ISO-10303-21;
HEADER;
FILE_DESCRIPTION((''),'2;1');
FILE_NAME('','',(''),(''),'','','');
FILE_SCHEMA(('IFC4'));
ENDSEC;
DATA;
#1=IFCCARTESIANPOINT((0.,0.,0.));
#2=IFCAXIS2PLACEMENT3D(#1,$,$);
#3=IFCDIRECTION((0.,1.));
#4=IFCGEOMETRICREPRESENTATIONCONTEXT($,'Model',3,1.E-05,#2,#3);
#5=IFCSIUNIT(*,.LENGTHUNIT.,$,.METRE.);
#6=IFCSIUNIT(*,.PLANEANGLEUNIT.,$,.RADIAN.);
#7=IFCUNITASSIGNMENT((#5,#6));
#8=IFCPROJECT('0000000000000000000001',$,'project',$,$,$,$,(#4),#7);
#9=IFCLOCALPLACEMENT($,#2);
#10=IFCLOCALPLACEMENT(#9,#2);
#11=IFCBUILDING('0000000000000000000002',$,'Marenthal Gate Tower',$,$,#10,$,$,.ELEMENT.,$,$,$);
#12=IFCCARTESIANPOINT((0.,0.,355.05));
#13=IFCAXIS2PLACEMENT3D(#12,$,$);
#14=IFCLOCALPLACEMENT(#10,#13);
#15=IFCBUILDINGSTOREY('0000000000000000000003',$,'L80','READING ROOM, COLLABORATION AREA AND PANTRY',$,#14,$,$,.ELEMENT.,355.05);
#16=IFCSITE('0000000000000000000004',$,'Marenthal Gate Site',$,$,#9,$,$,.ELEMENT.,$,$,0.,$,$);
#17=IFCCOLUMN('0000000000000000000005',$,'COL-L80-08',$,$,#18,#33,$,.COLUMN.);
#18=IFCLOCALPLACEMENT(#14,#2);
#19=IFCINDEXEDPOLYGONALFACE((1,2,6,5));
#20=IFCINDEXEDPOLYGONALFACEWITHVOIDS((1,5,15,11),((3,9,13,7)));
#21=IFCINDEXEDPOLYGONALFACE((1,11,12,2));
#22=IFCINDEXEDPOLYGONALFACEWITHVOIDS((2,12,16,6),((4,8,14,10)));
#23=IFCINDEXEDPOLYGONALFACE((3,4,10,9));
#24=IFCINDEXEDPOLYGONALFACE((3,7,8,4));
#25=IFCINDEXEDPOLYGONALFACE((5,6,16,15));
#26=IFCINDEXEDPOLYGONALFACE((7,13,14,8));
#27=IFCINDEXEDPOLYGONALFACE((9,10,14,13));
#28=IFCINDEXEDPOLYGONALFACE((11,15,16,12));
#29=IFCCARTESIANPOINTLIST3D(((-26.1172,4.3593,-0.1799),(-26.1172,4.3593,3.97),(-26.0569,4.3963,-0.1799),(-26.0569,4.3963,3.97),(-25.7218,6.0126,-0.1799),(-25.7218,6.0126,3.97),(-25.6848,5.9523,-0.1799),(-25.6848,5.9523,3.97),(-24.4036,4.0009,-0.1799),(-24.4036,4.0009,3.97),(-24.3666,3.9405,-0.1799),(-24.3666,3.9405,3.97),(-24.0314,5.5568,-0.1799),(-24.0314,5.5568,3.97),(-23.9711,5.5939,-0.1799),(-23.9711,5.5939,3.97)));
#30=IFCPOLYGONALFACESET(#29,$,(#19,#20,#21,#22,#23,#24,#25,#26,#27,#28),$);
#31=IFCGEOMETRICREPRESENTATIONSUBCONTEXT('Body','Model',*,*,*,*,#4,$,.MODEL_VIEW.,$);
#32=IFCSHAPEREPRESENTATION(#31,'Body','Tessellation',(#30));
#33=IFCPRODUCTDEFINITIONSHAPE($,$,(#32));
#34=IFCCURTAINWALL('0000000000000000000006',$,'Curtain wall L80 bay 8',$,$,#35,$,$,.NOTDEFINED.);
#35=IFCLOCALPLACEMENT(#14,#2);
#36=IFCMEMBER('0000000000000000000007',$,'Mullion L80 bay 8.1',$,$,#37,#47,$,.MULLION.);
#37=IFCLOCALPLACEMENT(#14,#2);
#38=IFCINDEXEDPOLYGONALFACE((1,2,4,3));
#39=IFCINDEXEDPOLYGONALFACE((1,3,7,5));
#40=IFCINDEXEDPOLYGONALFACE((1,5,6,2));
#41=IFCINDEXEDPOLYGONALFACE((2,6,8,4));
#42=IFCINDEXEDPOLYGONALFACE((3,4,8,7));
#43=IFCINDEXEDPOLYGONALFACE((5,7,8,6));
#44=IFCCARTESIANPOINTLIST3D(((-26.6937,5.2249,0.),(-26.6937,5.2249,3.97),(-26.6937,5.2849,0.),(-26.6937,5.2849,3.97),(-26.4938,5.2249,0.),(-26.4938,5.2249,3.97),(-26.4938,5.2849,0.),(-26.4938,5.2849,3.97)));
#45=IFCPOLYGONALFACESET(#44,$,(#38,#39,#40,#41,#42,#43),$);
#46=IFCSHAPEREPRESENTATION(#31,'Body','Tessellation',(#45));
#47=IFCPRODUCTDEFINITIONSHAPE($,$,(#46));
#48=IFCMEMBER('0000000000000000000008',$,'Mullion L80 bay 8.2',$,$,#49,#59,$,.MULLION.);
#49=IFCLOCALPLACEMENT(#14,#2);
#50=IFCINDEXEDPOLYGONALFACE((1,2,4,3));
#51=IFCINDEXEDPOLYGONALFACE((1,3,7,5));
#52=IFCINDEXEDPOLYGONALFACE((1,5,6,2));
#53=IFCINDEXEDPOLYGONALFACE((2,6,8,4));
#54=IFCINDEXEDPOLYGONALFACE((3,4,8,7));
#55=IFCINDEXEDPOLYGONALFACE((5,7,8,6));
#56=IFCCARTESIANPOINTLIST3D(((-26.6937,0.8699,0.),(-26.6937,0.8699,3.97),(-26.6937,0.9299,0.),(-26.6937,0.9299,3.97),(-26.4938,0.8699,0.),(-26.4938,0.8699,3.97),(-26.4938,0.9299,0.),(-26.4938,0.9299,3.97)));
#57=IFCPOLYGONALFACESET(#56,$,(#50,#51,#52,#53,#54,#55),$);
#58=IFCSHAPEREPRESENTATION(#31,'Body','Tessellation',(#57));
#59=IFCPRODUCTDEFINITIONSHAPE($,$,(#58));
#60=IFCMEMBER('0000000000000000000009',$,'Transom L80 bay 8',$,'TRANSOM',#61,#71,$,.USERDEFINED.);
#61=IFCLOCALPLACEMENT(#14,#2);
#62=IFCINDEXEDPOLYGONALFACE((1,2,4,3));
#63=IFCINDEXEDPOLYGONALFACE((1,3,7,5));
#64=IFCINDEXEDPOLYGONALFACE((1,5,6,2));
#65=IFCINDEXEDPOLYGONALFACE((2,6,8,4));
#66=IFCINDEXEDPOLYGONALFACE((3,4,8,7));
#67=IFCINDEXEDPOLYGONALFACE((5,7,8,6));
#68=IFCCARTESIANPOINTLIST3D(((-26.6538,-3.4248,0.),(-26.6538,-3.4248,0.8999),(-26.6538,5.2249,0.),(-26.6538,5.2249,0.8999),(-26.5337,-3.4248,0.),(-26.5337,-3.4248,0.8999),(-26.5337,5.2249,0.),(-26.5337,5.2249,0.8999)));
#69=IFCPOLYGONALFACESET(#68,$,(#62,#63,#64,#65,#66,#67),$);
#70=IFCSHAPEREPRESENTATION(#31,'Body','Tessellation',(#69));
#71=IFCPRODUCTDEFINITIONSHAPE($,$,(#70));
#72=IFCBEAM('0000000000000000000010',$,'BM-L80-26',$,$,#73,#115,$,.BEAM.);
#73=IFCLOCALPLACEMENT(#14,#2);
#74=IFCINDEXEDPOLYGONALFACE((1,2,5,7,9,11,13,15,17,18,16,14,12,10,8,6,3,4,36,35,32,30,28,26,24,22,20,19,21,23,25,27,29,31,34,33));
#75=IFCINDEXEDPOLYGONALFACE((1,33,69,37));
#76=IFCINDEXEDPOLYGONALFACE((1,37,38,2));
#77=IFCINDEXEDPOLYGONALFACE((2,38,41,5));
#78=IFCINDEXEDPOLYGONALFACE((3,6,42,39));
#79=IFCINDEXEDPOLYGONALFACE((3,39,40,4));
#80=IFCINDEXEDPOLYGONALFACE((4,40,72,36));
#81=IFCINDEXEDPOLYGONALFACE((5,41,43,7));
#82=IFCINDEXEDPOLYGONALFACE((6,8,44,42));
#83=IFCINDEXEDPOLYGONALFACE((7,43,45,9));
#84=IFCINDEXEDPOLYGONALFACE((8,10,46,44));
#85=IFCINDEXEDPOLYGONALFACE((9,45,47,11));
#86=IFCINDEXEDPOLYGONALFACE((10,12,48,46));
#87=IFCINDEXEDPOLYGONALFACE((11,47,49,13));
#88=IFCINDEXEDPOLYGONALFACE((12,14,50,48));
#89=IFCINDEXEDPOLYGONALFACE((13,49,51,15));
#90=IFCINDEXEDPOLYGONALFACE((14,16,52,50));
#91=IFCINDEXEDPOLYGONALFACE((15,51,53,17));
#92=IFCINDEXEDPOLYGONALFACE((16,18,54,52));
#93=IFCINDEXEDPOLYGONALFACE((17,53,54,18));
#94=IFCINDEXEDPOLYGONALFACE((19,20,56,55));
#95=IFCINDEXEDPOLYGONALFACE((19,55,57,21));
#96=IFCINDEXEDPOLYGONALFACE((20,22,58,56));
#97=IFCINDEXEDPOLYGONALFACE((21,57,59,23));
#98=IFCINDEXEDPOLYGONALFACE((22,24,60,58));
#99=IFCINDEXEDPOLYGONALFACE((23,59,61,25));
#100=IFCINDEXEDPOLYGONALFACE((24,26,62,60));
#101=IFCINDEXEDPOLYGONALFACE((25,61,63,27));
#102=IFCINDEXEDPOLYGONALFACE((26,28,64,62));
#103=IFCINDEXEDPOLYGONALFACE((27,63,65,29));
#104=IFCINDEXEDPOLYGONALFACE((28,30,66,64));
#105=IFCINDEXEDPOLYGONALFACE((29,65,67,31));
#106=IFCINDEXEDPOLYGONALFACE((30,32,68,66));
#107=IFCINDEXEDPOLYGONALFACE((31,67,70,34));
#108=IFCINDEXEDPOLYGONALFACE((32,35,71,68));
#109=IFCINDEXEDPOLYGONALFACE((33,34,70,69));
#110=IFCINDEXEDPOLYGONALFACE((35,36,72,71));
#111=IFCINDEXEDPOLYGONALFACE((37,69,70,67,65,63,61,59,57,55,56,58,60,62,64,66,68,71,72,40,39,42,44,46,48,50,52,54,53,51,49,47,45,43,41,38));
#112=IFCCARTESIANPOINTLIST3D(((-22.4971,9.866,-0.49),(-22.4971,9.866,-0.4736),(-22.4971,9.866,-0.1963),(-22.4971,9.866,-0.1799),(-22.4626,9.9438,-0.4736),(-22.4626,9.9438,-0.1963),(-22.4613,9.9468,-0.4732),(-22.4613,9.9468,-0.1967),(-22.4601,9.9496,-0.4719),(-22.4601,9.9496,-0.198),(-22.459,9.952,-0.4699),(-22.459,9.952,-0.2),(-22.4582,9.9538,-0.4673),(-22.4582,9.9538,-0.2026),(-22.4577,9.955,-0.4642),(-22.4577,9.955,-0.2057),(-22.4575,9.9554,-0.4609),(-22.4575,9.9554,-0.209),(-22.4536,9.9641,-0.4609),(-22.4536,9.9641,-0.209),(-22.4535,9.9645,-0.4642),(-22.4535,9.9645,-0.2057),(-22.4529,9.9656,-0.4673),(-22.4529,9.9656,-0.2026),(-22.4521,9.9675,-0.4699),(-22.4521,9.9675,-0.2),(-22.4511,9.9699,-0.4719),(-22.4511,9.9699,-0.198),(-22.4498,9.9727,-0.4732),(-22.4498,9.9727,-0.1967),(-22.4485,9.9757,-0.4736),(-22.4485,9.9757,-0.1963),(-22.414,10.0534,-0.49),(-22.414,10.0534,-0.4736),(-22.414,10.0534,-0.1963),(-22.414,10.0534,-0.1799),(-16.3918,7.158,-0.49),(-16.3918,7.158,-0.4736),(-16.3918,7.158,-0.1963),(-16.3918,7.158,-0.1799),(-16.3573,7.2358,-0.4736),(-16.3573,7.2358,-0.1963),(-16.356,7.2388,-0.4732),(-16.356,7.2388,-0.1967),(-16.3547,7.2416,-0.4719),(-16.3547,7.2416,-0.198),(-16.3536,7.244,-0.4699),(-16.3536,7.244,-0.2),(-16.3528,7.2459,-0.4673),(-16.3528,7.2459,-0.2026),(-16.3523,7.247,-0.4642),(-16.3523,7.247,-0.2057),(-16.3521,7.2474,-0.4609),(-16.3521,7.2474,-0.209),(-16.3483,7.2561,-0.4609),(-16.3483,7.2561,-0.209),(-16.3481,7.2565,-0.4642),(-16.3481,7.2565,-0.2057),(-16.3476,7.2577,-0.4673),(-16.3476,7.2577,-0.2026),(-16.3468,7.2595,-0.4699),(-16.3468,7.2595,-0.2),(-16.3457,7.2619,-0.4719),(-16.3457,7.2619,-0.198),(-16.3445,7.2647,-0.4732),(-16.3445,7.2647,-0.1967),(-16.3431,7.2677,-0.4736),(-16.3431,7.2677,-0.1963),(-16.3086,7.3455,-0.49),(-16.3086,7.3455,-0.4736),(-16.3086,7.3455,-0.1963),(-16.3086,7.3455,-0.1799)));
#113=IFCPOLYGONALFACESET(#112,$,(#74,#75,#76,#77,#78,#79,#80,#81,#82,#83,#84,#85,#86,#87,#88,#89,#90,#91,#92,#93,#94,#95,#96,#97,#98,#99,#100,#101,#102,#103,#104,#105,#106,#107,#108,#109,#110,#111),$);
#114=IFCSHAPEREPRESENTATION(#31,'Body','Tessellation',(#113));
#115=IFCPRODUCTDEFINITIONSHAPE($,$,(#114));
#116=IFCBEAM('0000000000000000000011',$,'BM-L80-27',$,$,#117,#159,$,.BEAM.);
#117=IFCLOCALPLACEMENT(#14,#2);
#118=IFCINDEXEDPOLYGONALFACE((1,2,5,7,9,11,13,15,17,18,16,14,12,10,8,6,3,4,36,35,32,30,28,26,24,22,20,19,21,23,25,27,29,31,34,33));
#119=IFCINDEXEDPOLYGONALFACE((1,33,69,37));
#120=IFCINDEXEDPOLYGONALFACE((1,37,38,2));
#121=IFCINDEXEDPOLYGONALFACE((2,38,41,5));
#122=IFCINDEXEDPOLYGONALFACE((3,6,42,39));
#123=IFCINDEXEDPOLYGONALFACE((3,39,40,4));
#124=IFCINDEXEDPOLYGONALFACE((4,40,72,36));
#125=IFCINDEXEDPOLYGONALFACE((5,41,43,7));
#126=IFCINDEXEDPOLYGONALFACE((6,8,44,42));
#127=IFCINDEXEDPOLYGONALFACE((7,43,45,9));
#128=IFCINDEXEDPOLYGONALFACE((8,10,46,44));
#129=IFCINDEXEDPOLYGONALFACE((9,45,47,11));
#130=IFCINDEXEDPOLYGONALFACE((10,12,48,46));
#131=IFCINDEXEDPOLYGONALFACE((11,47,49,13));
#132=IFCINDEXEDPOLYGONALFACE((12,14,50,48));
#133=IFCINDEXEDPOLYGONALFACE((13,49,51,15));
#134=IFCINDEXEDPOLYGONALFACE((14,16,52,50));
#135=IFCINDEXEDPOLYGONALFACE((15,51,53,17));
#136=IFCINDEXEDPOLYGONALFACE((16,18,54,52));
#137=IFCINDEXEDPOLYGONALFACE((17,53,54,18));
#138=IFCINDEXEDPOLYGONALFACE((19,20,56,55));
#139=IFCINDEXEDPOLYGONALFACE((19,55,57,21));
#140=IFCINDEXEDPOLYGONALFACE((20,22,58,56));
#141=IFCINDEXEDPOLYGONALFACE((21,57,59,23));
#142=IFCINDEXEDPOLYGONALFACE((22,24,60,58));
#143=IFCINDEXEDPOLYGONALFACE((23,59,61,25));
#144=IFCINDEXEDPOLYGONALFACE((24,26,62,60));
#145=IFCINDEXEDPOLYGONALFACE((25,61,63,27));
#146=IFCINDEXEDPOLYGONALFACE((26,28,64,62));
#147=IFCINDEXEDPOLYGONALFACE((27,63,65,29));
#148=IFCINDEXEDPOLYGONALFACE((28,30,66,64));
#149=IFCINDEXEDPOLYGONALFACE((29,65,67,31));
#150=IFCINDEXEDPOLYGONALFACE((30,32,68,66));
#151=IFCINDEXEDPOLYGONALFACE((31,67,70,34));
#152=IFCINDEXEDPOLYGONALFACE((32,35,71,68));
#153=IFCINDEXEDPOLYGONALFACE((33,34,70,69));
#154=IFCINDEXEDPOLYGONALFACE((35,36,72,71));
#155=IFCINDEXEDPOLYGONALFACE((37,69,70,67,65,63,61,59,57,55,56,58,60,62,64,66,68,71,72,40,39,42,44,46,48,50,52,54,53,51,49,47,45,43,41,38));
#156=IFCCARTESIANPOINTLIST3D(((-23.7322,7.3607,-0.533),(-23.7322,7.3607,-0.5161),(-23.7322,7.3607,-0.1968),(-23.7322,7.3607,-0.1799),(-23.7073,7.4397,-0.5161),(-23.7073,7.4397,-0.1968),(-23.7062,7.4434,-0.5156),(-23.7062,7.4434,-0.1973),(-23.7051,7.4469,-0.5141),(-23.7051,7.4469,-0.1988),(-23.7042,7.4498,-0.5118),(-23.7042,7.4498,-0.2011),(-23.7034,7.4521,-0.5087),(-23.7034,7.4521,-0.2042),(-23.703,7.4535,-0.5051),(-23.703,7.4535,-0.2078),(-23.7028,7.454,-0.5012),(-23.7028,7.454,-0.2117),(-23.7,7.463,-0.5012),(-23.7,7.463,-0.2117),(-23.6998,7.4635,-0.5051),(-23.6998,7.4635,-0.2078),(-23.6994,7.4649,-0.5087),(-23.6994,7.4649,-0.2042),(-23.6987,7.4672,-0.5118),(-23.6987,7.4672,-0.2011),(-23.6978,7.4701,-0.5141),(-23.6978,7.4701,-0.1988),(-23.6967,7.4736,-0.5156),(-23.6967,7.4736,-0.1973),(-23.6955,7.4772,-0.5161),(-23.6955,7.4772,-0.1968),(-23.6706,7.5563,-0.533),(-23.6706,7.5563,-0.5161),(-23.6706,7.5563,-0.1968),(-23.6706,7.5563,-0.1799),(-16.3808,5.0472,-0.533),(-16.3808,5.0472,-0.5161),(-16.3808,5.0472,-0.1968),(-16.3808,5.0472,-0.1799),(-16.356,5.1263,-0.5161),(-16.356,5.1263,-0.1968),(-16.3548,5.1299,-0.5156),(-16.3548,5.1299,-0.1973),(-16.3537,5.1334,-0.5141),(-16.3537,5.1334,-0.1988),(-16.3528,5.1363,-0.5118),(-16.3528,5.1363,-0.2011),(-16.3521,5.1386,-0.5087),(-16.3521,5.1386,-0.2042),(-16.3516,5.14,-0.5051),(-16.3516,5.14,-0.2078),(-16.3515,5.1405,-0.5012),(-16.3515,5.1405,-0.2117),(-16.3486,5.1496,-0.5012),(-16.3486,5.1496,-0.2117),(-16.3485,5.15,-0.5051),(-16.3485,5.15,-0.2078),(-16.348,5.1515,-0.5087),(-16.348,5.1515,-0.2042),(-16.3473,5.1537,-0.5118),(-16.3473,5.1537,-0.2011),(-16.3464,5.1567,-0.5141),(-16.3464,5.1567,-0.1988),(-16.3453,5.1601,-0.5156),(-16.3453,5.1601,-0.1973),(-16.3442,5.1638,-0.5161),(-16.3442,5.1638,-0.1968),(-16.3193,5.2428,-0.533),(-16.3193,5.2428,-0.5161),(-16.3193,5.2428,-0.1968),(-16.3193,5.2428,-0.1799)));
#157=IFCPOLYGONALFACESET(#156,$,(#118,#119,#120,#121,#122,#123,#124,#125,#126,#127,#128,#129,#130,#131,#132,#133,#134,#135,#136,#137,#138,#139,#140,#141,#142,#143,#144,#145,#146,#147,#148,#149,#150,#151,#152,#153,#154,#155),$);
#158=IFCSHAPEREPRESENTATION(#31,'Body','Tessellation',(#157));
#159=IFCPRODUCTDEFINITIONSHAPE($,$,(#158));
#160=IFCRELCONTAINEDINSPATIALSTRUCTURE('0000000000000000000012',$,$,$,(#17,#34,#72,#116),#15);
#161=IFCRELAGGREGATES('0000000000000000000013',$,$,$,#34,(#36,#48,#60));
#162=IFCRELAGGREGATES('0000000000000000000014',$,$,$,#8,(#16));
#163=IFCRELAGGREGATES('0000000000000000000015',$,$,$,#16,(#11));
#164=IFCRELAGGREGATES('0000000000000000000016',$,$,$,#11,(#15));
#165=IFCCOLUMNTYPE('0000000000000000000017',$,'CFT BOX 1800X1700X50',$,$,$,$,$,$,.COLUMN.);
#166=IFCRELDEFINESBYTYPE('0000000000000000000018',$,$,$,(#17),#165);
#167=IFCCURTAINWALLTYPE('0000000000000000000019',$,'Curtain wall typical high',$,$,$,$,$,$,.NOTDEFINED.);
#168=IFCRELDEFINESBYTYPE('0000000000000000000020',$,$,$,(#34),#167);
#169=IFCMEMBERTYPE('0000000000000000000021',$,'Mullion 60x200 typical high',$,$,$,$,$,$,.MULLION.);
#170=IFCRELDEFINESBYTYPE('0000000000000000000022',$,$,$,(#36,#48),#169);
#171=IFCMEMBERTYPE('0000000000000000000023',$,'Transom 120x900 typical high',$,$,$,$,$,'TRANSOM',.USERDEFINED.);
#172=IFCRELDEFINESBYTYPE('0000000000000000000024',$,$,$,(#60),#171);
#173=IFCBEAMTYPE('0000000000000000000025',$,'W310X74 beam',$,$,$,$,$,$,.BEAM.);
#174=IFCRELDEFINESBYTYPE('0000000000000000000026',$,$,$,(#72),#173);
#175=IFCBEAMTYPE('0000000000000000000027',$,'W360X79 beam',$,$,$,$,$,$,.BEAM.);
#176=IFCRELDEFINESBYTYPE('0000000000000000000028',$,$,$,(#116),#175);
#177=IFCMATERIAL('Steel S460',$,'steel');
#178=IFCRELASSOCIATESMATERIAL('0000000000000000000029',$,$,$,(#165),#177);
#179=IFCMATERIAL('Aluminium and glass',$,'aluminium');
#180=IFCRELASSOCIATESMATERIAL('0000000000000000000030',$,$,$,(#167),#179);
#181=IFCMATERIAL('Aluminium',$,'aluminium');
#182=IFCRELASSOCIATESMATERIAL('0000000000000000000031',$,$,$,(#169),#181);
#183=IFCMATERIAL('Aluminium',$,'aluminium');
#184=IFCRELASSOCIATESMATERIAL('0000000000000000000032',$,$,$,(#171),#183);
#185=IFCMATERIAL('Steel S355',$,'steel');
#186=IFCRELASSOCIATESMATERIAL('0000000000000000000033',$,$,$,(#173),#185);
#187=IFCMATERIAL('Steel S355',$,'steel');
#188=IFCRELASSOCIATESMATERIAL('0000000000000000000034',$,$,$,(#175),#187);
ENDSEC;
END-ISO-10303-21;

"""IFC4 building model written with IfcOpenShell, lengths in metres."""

from ifc_helpers import new_model, si_unit, direction, frame, origin, origin_2d, place, context, subcontext, project, spatial, rectangle, hollow_rectangle, i_section, extrude, material, material_profile, profile_set, type_object, element, aggregate, save


model = new_model("IFC4")

# Units and contexts
model_context = context("Model", 3, precision=1e-05, world=origin(), true_north=direction((0.0, 1.0)))
body_context = subcontext(model_context, "Body", "Model", "MODEL_VIEW")
ifc_project = project(units=[si_unit("LENGTHUNIT", "METRE"), si_unit("PLANEANGLEUNIT", "RADIAN")], contexts=[model_context])

# Site, building, storey
site_placement = place(None, origin())
site = spatial("IfcSite", under=ifc_project, at=site_placement, Name="Marenthal Gate Site", CompositionType="ELEMENT", RefElevation=0.0)
building_placement = place(site_placement, origin())
building = spatial("IfcBuilding", under=site, at=building_placement, Name="Marenthal Gate Tower", CompositionType="ELEMENT")
storey_placement = place(building_placement, frame((0.0, 0.0, 355.05)))
storey = spatial("IfcBuildingStorey", under=building, at=storey_placement, Name="L80", Description="READING ROOM, COLLABORATION AREA AND PANTRY", CompositionType="ELEMENT", Elevation=355.05)

# Column
ifc_material_1 = material(Name="Steel S460", Category="steel")
ifc_material_profile_1 = material_profile(ifc_material_1, hollow_rectangle(XDim=1.7, YDim=1.8, WallThickness=0.05, at=origin_2d()), Name="CFT BOX 1800X1700X50")
ifc_material_2 = material(Name="Concrete 70 MPa", Category="concrete")
ifc_material_profile_2 = material_profile(ifc_material_2, rectangle(XDim=1.6001, YDim=1.7, at=origin_2d()), Name="CFT BOX 1800X1700X50 INFILL")
ifc_profile_set_1 = profile_set([ifc_material_profile_1, ifc_material_profile_2], Name="Steel S460 shell, Concrete 70 MPa infill")
column_type = type_object("IfcColumnType", Name="CFT BOX 1800X1700X50", PredefinedType="COLUMN", material=ifc_profile_set_1)
column_placement = place(storey_placement, frame((-25.0442, 4.9766, -0.1799), z_axis=(0.0, 0.0, 1.0), x_axis=(0.232626, 0.972566, 0.0)))
element("IfcColumn", 1, at=column_placement, inside=storey, type_object=column_type, Name="COL-L80-08", PredefinedType="COLUMN", context=body_context, shape_type="SweptSolid", body=[
    extrude(hollow_rectangle(XDim=1.7, YDim=1.8, WallThickness=0.05, at=origin_2d()), origin(), (0.0, 0.0, 1.0), 4.1499),
])

# Curtain wall, members
ifc_material_3 = material(Name="Aluminium and glass", Category="aluminium")
curtain_wall_type = type_object("IfcCurtainWallType", Name="Curtain wall typical high", PredefinedType="NOTDEFINED", material=ifc_material_3)
curtain_wall_placement = place(storey_placement, origin())
curtain_wall = element("IfcCurtainWall", 2, at=curtain_wall_placement, inside=storey, type_object=curtain_wall_type, Name="Curtain wall L80 bay 8", PredefinedType="NOTDEFINED")
ifc_material_4 = material(Name="Aluminium", Category="aluminium")
ifc_material_profile_3 = material_profile(ifc_material_4, rectangle(XDim=0.2, YDim=0.0601, at=origin_2d()), Name="60x200 aluminium mullion")
ifc_profile_set_2 = profile_set([ifc_material_profile_3], Name="Aluminium")
member_type_1 = type_object("IfcMemberType", Name="Mullion 60x200 typical high", PredefinedType="MULLION", material=ifc_profile_set_2)
member_1_placement = place(storey_placement, frame((-26.5938, 5.2549, 0.0), z_axis=(0.0, 0.0, 1.0), x_axis=(1.0, 0.0, 0.0)))
member_1 = element("IfcMember", 3, at=member_1_placement, type_object=member_type_1, Name="Mullion L80 bay 8.1", PredefinedType="MULLION", context=body_context, shape_type="SweptSolid", body=[
    extrude(rectangle(XDim=0.2, YDim=0.0601, at=origin_2d()), origin(), (0.0, 0.0, 1.0), 3.97),
])
member_2_placement = place(storey_placement, frame((-26.5938, 0.8999, 0.0), z_axis=(0.0, 0.0, 1.0), x_axis=(1.0, 0.0, 0.0)))
member_2 = element("IfcMember", 4, at=member_2_placement, type_object=member_type_1, Name="Mullion L80 bay 8.2", PredefinedType="MULLION", context=body_context, shape_type="SweptSolid", body=[
    extrude(rectangle(XDim=0.2, YDim=0.0601, at=origin_2d()), origin(), (0.0, 0.0, 1.0), 3.97),
])
ifc_material_5 = material(Name="Aluminium", Category="aluminium")
ifc_material_profile_4 = material_profile(ifc_material_5, rectangle(XDim=0.1201, YDim=0.8999, at=origin_2d()), Name="120x900 aluminium transom")
ifc_profile_set_3 = profile_set([ifc_material_profile_4], Name="Aluminium")
member_type_2 = type_object("IfcMemberType", Name="Transom 120x900 typical high", ElementType="TRANSOM", PredefinedType="USERDEFINED", material=ifc_profile_set_3)
member_3_placement = place(storey_placement, frame((-26.5938, 5.2249, 0.45), z_axis=(0.0, -1.0, 0.0), x_axis=(1.0, 0.0, 0.0)))
member_3 = element("IfcMember", 5, at=member_3_placement, type_object=member_type_2, Name="Transom L80 bay 8", ObjectType="TRANSOM", PredefinedType="USERDEFINED", context=body_context, shape_type="SweptSolid", body=[
    extrude(rectangle(XDim=0.1201, YDim=0.8999, at=origin_2d()), origin(), (0.0, 0.0, 1.0), 8.6497),
])

# Beams
ifc_material_6 = material(Name="Steel S355", Category="steel")
ifc_material_profile_5 = material_profile(ifc_material_6, i_section(OverallWidth=0.2051, OverallDepth=0.3101, WebThickness=0.0095, FlangeThickness=0.0164, FilletRadius=0.0127, at=origin_2d()), Name="W310X74")
ifc_profile_set_4 = profile_set([ifc_material_profile_5], Name="Steel S355")
beam_type_1 = type_object("IfcBeamType", Name="W310X74 beam", PredefinedType="BEAM", material=ifc_profile_set_4)
beam_1_placement = place(storey_placement, frame((-22.4556, 9.9597, -0.335), z_axis=(0.914119, -0.405446, 0.0), x_axis=(0.405446, 0.914119, 0.0)))
element("IfcBeam", 6, at=beam_1_placement, inside=storey, type_object=beam_type_1, Name="BM-L80-26", PredefinedType="BEAM", context=body_context, shape_type="SweptSolid", body=[
    extrude(i_section(OverallWidth=0.2051, OverallDepth=0.3101, WebThickness=0.0095, FlangeThickness=0.0164, FilletRadius=0.0127, at=origin_2d()), origin(), (0.0, 0.0, 1.0), 6.679),
])
ifc_material_7 = material(Name="Steel S355", Category="steel")
ifc_material_profile_6 = material_profile(ifc_material_7, i_section(OverallWidth=0.2051, OverallDepth=0.353, WebThickness=0.0095, FlangeThickness=0.0168, FilletRadius=0.0149, at=origin_2d()), Name="W360X79")
ifc_profile_set_5 = profile_set([ifc_material_profile_6], Name="Steel S355")
beam_type_2 = type_object("IfcBeamType", Name="W360X79 beam", PredefinedType="BEAM", material=ifc_profile_set_5)
beam_2_placement = place(storey_placement, frame((-23.7014, 7.4585, -0.3564), z_axis=(0.95388, -0.300188, 0.0), x_axis=(0.300188, 0.95388, 0.0)))
element("IfcBeam", 7, at=beam_2_placement, inside=storey, type_object=beam_type_2, Name="BM-L80-27", PredefinedType="BEAM", context=body_context, shape_type="SweptSolid", body=[
    extrude(i_section(OverallWidth=0.2051, OverallDepth=0.353, WebThickness=0.0095, FlangeThickness=0.0168, FilletRadius=0.0149, at=origin_2d()), origin(), (0.0, 0.0, 1.0), 7.7068),
])

aggregate(curtain_wall, [member_1, member_2, member_3])

save(model, "model.ifc")
